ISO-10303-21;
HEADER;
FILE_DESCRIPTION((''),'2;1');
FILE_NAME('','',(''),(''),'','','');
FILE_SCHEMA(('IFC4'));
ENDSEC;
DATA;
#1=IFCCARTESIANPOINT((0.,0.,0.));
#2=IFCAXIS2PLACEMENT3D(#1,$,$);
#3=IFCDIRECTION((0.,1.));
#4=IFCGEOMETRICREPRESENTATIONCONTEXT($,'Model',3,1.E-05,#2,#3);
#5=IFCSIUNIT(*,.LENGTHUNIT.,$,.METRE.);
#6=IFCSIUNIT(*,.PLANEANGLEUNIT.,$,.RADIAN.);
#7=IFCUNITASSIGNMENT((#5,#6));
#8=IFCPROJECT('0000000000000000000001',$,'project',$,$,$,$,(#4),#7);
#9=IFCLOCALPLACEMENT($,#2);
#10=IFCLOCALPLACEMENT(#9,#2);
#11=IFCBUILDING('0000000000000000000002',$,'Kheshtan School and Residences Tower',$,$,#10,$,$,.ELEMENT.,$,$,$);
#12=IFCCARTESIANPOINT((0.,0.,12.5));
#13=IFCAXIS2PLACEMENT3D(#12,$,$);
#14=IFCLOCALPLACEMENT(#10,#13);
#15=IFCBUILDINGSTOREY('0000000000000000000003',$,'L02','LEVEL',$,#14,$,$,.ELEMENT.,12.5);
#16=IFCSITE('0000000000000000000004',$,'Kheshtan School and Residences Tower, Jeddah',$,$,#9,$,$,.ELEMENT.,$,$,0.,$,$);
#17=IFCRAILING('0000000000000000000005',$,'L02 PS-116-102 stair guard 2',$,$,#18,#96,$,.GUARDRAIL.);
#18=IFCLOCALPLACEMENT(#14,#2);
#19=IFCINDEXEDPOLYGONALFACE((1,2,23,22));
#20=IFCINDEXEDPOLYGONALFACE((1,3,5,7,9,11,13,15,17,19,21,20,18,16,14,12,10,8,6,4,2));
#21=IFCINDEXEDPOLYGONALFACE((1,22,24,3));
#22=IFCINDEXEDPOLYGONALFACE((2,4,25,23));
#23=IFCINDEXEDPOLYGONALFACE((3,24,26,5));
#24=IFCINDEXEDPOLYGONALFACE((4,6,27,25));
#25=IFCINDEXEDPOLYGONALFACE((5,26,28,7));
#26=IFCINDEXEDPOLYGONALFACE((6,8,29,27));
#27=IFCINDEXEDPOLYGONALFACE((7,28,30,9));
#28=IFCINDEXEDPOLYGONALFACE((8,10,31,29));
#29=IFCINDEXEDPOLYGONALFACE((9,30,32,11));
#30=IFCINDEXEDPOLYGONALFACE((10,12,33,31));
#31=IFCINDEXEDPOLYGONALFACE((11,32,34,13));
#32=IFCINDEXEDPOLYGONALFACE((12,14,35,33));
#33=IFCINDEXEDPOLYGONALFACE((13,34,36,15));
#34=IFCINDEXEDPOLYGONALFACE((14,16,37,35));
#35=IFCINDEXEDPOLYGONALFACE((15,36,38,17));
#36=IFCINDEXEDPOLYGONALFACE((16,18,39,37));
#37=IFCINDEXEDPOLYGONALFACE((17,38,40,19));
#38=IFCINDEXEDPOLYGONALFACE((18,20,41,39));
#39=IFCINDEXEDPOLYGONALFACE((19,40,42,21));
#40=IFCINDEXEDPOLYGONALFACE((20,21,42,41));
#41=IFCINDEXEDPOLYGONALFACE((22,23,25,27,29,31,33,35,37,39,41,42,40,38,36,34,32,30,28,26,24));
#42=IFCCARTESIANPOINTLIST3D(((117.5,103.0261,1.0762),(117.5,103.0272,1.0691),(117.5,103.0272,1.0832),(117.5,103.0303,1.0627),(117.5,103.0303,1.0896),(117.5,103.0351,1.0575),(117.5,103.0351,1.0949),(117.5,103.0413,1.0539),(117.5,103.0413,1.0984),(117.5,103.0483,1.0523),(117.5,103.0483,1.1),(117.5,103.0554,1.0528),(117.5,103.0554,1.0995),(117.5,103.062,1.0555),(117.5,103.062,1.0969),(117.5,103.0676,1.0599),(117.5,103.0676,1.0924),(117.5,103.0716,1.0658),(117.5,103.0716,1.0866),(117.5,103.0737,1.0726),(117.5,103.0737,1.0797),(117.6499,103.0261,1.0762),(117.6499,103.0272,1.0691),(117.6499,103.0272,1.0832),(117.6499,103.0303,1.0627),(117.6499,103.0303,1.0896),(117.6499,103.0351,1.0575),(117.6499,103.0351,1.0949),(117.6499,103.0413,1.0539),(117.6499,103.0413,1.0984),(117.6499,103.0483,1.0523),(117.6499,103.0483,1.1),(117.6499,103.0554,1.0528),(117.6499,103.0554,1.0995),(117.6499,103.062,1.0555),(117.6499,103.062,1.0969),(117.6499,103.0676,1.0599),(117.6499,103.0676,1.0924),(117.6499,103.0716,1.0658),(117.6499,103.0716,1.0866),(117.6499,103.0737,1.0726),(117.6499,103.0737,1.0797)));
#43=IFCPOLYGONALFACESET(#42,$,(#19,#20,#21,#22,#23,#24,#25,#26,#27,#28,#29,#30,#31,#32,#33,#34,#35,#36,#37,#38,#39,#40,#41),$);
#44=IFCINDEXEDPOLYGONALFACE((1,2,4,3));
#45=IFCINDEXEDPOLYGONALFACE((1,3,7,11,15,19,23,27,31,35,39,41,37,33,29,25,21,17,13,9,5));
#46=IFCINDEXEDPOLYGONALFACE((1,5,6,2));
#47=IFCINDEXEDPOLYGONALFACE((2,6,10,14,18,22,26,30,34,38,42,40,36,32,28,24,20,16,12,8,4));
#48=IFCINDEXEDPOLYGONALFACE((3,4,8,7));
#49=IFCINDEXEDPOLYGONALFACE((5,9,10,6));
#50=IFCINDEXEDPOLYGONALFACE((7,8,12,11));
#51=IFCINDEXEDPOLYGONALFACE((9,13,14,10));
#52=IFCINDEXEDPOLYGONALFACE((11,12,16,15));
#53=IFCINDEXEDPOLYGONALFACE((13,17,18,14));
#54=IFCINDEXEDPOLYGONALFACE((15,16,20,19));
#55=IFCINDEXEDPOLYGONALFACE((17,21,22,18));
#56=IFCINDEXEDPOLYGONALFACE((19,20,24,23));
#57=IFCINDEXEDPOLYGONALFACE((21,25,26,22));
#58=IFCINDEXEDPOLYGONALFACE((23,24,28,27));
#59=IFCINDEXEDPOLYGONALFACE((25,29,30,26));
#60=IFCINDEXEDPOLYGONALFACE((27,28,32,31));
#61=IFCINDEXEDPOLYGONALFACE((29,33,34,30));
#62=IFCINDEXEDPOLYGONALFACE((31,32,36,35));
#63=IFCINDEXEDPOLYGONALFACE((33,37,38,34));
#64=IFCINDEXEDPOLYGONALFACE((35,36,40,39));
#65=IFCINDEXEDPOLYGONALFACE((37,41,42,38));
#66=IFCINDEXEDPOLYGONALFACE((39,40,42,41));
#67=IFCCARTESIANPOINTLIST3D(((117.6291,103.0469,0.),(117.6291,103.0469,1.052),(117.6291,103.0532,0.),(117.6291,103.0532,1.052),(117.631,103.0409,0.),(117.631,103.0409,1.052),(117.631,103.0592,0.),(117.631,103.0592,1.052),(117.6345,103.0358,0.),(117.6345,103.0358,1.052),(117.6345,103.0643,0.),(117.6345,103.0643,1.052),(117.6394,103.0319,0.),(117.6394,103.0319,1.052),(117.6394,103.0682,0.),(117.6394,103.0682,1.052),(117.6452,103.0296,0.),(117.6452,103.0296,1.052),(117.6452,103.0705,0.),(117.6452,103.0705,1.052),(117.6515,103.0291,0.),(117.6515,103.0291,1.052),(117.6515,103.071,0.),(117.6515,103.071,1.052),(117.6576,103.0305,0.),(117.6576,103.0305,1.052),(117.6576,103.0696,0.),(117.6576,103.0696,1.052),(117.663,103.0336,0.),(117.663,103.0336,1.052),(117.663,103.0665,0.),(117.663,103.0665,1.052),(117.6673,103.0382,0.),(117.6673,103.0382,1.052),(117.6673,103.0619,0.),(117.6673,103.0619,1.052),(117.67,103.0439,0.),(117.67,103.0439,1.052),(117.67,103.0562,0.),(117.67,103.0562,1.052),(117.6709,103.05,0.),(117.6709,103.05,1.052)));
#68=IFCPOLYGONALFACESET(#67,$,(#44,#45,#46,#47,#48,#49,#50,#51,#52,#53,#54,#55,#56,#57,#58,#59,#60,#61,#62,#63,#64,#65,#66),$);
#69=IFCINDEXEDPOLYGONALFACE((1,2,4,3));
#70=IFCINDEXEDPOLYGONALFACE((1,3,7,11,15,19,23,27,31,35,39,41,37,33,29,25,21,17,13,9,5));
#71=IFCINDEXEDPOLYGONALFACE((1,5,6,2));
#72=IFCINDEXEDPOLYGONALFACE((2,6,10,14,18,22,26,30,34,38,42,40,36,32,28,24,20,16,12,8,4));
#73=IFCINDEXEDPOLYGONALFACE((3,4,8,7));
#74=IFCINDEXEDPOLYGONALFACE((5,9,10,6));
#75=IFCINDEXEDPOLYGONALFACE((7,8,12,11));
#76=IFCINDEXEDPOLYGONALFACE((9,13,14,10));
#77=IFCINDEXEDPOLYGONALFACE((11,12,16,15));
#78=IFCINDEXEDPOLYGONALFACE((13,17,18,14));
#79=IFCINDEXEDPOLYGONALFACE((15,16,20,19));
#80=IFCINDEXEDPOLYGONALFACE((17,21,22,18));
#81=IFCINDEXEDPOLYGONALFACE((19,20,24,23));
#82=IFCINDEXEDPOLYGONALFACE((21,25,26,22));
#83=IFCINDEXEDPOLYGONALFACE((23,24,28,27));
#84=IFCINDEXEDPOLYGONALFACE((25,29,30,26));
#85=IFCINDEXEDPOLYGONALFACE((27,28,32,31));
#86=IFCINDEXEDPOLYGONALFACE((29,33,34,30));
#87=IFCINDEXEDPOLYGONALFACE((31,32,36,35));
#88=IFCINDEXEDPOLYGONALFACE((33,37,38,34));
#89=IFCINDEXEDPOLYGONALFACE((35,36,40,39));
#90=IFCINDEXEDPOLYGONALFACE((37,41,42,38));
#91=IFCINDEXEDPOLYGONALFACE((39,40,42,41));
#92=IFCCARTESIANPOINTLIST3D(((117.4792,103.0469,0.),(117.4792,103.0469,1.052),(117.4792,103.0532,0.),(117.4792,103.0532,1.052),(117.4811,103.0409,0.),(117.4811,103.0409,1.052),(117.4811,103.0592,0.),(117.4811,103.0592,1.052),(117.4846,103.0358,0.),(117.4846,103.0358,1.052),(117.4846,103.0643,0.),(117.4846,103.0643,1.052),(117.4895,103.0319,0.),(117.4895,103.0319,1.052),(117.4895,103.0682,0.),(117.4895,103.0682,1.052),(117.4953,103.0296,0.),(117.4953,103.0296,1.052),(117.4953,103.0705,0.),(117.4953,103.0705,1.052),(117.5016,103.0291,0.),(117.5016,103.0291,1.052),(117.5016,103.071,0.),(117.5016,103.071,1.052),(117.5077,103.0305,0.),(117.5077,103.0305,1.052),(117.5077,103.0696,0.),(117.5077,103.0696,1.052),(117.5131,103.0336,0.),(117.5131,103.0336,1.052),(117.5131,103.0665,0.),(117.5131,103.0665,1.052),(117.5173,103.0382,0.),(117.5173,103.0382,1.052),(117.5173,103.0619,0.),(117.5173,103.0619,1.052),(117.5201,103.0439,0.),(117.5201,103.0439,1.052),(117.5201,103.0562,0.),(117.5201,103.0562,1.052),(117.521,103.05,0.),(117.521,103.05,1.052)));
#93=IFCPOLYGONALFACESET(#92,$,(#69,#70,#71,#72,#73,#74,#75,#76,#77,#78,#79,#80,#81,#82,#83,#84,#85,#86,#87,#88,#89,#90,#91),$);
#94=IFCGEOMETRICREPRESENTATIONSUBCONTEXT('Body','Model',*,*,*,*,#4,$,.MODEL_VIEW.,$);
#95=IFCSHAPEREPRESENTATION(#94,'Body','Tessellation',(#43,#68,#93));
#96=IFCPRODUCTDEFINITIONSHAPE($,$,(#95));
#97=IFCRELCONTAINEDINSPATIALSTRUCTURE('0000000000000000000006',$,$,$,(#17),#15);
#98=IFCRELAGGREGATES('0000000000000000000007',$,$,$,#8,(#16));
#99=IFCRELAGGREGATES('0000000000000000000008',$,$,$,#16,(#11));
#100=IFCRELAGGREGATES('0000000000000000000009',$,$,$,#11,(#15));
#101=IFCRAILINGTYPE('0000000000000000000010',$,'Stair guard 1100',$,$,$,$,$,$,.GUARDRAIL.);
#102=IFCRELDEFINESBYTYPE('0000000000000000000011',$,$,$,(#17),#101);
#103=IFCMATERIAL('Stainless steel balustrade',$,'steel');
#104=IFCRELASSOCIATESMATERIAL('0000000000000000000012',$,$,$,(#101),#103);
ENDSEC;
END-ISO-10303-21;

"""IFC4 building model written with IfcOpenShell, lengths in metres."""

from ifc_helpers import new_model, si_unit, direction, frame, origin, origin_2d, place, context, subcontext, project, spatial, circle, extrude, material, type_object, element, save


model = new_model("IFC4")

# Units and contexts
model_context = context("Model", 3, precision=1e-05, world=origin(), true_north=direction((0.0, 1.0)))
body_context = subcontext(model_context, "Body", "Model", "MODEL_VIEW")
ifc_project = project(units=[si_unit("LENGTHUNIT", "METRE"), si_unit("PLANEANGLEUNIT", "RADIAN")], contexts=[model_context])

# Site, building, storey
site_placement = place(None, origin())
site = spatial("IfcSite", under=ifc_project, at=site_placement, Name="Kheshtan School and Residences Tower, Jeddah", CompositionType="ELEMENT", RefElevation=0.0)
building_placement = place(site_placement, origin())
building = spatial("IfcBuilding", under=site, at=building_placement, Name="Kheshtan School and Residences Tower", CompositionType="ELEMENT")
storey_placement = place(building_placement, frame((0.0, 0.0, 12.5)))
storey = spatial("IfcBuildingStorey", under=building, at=storey_placement, Name="L02", Description="LEVEL", CompositionType="ELEMENT", Elevation=12.5)

# Railing
ifc_material_1 = material(Name="Stainless steel balustrade", Category="steel")
railing_type_1 = type_object("IfcRailingType", Name="Stair guard 1100", PredefinedType="GUARDRAIL", material=ifc_material_1)
railing_1_placement = place(storey_placement, frame((117.6499, 103.05, 0.0)))
element("IfcRailing", 1, at=railing_1_placement, inside=storey, type_object=railing_type_1, Name="L02 PS-116-102 stair guard 2", PredefinedType="GUARDRAIL", context=body_context, shape_type="SweptSolid", body=[
    extrude(circle(Radius=0.0239, at=origin_2d()), frame((0.0, 0.0, 1.0762), z_axis=(-1.0, 0.0, 0.0), x_axis=(0.0, -1.0, 0.0)), (0.0, 0.0, 1.0), 0.1499),
    extrude(circle(Radius=0.021, at=origin_2d()), origin(), (0.0, 0.0, 1.0), 1.052),
    extrude(circle(Radius=0.021, at=origin_2d()), frame((-0.1499, 0.0, 0.0)), (0.0, 0.0, 1.0), 1.052),
])

save(model, "model.ifc")
